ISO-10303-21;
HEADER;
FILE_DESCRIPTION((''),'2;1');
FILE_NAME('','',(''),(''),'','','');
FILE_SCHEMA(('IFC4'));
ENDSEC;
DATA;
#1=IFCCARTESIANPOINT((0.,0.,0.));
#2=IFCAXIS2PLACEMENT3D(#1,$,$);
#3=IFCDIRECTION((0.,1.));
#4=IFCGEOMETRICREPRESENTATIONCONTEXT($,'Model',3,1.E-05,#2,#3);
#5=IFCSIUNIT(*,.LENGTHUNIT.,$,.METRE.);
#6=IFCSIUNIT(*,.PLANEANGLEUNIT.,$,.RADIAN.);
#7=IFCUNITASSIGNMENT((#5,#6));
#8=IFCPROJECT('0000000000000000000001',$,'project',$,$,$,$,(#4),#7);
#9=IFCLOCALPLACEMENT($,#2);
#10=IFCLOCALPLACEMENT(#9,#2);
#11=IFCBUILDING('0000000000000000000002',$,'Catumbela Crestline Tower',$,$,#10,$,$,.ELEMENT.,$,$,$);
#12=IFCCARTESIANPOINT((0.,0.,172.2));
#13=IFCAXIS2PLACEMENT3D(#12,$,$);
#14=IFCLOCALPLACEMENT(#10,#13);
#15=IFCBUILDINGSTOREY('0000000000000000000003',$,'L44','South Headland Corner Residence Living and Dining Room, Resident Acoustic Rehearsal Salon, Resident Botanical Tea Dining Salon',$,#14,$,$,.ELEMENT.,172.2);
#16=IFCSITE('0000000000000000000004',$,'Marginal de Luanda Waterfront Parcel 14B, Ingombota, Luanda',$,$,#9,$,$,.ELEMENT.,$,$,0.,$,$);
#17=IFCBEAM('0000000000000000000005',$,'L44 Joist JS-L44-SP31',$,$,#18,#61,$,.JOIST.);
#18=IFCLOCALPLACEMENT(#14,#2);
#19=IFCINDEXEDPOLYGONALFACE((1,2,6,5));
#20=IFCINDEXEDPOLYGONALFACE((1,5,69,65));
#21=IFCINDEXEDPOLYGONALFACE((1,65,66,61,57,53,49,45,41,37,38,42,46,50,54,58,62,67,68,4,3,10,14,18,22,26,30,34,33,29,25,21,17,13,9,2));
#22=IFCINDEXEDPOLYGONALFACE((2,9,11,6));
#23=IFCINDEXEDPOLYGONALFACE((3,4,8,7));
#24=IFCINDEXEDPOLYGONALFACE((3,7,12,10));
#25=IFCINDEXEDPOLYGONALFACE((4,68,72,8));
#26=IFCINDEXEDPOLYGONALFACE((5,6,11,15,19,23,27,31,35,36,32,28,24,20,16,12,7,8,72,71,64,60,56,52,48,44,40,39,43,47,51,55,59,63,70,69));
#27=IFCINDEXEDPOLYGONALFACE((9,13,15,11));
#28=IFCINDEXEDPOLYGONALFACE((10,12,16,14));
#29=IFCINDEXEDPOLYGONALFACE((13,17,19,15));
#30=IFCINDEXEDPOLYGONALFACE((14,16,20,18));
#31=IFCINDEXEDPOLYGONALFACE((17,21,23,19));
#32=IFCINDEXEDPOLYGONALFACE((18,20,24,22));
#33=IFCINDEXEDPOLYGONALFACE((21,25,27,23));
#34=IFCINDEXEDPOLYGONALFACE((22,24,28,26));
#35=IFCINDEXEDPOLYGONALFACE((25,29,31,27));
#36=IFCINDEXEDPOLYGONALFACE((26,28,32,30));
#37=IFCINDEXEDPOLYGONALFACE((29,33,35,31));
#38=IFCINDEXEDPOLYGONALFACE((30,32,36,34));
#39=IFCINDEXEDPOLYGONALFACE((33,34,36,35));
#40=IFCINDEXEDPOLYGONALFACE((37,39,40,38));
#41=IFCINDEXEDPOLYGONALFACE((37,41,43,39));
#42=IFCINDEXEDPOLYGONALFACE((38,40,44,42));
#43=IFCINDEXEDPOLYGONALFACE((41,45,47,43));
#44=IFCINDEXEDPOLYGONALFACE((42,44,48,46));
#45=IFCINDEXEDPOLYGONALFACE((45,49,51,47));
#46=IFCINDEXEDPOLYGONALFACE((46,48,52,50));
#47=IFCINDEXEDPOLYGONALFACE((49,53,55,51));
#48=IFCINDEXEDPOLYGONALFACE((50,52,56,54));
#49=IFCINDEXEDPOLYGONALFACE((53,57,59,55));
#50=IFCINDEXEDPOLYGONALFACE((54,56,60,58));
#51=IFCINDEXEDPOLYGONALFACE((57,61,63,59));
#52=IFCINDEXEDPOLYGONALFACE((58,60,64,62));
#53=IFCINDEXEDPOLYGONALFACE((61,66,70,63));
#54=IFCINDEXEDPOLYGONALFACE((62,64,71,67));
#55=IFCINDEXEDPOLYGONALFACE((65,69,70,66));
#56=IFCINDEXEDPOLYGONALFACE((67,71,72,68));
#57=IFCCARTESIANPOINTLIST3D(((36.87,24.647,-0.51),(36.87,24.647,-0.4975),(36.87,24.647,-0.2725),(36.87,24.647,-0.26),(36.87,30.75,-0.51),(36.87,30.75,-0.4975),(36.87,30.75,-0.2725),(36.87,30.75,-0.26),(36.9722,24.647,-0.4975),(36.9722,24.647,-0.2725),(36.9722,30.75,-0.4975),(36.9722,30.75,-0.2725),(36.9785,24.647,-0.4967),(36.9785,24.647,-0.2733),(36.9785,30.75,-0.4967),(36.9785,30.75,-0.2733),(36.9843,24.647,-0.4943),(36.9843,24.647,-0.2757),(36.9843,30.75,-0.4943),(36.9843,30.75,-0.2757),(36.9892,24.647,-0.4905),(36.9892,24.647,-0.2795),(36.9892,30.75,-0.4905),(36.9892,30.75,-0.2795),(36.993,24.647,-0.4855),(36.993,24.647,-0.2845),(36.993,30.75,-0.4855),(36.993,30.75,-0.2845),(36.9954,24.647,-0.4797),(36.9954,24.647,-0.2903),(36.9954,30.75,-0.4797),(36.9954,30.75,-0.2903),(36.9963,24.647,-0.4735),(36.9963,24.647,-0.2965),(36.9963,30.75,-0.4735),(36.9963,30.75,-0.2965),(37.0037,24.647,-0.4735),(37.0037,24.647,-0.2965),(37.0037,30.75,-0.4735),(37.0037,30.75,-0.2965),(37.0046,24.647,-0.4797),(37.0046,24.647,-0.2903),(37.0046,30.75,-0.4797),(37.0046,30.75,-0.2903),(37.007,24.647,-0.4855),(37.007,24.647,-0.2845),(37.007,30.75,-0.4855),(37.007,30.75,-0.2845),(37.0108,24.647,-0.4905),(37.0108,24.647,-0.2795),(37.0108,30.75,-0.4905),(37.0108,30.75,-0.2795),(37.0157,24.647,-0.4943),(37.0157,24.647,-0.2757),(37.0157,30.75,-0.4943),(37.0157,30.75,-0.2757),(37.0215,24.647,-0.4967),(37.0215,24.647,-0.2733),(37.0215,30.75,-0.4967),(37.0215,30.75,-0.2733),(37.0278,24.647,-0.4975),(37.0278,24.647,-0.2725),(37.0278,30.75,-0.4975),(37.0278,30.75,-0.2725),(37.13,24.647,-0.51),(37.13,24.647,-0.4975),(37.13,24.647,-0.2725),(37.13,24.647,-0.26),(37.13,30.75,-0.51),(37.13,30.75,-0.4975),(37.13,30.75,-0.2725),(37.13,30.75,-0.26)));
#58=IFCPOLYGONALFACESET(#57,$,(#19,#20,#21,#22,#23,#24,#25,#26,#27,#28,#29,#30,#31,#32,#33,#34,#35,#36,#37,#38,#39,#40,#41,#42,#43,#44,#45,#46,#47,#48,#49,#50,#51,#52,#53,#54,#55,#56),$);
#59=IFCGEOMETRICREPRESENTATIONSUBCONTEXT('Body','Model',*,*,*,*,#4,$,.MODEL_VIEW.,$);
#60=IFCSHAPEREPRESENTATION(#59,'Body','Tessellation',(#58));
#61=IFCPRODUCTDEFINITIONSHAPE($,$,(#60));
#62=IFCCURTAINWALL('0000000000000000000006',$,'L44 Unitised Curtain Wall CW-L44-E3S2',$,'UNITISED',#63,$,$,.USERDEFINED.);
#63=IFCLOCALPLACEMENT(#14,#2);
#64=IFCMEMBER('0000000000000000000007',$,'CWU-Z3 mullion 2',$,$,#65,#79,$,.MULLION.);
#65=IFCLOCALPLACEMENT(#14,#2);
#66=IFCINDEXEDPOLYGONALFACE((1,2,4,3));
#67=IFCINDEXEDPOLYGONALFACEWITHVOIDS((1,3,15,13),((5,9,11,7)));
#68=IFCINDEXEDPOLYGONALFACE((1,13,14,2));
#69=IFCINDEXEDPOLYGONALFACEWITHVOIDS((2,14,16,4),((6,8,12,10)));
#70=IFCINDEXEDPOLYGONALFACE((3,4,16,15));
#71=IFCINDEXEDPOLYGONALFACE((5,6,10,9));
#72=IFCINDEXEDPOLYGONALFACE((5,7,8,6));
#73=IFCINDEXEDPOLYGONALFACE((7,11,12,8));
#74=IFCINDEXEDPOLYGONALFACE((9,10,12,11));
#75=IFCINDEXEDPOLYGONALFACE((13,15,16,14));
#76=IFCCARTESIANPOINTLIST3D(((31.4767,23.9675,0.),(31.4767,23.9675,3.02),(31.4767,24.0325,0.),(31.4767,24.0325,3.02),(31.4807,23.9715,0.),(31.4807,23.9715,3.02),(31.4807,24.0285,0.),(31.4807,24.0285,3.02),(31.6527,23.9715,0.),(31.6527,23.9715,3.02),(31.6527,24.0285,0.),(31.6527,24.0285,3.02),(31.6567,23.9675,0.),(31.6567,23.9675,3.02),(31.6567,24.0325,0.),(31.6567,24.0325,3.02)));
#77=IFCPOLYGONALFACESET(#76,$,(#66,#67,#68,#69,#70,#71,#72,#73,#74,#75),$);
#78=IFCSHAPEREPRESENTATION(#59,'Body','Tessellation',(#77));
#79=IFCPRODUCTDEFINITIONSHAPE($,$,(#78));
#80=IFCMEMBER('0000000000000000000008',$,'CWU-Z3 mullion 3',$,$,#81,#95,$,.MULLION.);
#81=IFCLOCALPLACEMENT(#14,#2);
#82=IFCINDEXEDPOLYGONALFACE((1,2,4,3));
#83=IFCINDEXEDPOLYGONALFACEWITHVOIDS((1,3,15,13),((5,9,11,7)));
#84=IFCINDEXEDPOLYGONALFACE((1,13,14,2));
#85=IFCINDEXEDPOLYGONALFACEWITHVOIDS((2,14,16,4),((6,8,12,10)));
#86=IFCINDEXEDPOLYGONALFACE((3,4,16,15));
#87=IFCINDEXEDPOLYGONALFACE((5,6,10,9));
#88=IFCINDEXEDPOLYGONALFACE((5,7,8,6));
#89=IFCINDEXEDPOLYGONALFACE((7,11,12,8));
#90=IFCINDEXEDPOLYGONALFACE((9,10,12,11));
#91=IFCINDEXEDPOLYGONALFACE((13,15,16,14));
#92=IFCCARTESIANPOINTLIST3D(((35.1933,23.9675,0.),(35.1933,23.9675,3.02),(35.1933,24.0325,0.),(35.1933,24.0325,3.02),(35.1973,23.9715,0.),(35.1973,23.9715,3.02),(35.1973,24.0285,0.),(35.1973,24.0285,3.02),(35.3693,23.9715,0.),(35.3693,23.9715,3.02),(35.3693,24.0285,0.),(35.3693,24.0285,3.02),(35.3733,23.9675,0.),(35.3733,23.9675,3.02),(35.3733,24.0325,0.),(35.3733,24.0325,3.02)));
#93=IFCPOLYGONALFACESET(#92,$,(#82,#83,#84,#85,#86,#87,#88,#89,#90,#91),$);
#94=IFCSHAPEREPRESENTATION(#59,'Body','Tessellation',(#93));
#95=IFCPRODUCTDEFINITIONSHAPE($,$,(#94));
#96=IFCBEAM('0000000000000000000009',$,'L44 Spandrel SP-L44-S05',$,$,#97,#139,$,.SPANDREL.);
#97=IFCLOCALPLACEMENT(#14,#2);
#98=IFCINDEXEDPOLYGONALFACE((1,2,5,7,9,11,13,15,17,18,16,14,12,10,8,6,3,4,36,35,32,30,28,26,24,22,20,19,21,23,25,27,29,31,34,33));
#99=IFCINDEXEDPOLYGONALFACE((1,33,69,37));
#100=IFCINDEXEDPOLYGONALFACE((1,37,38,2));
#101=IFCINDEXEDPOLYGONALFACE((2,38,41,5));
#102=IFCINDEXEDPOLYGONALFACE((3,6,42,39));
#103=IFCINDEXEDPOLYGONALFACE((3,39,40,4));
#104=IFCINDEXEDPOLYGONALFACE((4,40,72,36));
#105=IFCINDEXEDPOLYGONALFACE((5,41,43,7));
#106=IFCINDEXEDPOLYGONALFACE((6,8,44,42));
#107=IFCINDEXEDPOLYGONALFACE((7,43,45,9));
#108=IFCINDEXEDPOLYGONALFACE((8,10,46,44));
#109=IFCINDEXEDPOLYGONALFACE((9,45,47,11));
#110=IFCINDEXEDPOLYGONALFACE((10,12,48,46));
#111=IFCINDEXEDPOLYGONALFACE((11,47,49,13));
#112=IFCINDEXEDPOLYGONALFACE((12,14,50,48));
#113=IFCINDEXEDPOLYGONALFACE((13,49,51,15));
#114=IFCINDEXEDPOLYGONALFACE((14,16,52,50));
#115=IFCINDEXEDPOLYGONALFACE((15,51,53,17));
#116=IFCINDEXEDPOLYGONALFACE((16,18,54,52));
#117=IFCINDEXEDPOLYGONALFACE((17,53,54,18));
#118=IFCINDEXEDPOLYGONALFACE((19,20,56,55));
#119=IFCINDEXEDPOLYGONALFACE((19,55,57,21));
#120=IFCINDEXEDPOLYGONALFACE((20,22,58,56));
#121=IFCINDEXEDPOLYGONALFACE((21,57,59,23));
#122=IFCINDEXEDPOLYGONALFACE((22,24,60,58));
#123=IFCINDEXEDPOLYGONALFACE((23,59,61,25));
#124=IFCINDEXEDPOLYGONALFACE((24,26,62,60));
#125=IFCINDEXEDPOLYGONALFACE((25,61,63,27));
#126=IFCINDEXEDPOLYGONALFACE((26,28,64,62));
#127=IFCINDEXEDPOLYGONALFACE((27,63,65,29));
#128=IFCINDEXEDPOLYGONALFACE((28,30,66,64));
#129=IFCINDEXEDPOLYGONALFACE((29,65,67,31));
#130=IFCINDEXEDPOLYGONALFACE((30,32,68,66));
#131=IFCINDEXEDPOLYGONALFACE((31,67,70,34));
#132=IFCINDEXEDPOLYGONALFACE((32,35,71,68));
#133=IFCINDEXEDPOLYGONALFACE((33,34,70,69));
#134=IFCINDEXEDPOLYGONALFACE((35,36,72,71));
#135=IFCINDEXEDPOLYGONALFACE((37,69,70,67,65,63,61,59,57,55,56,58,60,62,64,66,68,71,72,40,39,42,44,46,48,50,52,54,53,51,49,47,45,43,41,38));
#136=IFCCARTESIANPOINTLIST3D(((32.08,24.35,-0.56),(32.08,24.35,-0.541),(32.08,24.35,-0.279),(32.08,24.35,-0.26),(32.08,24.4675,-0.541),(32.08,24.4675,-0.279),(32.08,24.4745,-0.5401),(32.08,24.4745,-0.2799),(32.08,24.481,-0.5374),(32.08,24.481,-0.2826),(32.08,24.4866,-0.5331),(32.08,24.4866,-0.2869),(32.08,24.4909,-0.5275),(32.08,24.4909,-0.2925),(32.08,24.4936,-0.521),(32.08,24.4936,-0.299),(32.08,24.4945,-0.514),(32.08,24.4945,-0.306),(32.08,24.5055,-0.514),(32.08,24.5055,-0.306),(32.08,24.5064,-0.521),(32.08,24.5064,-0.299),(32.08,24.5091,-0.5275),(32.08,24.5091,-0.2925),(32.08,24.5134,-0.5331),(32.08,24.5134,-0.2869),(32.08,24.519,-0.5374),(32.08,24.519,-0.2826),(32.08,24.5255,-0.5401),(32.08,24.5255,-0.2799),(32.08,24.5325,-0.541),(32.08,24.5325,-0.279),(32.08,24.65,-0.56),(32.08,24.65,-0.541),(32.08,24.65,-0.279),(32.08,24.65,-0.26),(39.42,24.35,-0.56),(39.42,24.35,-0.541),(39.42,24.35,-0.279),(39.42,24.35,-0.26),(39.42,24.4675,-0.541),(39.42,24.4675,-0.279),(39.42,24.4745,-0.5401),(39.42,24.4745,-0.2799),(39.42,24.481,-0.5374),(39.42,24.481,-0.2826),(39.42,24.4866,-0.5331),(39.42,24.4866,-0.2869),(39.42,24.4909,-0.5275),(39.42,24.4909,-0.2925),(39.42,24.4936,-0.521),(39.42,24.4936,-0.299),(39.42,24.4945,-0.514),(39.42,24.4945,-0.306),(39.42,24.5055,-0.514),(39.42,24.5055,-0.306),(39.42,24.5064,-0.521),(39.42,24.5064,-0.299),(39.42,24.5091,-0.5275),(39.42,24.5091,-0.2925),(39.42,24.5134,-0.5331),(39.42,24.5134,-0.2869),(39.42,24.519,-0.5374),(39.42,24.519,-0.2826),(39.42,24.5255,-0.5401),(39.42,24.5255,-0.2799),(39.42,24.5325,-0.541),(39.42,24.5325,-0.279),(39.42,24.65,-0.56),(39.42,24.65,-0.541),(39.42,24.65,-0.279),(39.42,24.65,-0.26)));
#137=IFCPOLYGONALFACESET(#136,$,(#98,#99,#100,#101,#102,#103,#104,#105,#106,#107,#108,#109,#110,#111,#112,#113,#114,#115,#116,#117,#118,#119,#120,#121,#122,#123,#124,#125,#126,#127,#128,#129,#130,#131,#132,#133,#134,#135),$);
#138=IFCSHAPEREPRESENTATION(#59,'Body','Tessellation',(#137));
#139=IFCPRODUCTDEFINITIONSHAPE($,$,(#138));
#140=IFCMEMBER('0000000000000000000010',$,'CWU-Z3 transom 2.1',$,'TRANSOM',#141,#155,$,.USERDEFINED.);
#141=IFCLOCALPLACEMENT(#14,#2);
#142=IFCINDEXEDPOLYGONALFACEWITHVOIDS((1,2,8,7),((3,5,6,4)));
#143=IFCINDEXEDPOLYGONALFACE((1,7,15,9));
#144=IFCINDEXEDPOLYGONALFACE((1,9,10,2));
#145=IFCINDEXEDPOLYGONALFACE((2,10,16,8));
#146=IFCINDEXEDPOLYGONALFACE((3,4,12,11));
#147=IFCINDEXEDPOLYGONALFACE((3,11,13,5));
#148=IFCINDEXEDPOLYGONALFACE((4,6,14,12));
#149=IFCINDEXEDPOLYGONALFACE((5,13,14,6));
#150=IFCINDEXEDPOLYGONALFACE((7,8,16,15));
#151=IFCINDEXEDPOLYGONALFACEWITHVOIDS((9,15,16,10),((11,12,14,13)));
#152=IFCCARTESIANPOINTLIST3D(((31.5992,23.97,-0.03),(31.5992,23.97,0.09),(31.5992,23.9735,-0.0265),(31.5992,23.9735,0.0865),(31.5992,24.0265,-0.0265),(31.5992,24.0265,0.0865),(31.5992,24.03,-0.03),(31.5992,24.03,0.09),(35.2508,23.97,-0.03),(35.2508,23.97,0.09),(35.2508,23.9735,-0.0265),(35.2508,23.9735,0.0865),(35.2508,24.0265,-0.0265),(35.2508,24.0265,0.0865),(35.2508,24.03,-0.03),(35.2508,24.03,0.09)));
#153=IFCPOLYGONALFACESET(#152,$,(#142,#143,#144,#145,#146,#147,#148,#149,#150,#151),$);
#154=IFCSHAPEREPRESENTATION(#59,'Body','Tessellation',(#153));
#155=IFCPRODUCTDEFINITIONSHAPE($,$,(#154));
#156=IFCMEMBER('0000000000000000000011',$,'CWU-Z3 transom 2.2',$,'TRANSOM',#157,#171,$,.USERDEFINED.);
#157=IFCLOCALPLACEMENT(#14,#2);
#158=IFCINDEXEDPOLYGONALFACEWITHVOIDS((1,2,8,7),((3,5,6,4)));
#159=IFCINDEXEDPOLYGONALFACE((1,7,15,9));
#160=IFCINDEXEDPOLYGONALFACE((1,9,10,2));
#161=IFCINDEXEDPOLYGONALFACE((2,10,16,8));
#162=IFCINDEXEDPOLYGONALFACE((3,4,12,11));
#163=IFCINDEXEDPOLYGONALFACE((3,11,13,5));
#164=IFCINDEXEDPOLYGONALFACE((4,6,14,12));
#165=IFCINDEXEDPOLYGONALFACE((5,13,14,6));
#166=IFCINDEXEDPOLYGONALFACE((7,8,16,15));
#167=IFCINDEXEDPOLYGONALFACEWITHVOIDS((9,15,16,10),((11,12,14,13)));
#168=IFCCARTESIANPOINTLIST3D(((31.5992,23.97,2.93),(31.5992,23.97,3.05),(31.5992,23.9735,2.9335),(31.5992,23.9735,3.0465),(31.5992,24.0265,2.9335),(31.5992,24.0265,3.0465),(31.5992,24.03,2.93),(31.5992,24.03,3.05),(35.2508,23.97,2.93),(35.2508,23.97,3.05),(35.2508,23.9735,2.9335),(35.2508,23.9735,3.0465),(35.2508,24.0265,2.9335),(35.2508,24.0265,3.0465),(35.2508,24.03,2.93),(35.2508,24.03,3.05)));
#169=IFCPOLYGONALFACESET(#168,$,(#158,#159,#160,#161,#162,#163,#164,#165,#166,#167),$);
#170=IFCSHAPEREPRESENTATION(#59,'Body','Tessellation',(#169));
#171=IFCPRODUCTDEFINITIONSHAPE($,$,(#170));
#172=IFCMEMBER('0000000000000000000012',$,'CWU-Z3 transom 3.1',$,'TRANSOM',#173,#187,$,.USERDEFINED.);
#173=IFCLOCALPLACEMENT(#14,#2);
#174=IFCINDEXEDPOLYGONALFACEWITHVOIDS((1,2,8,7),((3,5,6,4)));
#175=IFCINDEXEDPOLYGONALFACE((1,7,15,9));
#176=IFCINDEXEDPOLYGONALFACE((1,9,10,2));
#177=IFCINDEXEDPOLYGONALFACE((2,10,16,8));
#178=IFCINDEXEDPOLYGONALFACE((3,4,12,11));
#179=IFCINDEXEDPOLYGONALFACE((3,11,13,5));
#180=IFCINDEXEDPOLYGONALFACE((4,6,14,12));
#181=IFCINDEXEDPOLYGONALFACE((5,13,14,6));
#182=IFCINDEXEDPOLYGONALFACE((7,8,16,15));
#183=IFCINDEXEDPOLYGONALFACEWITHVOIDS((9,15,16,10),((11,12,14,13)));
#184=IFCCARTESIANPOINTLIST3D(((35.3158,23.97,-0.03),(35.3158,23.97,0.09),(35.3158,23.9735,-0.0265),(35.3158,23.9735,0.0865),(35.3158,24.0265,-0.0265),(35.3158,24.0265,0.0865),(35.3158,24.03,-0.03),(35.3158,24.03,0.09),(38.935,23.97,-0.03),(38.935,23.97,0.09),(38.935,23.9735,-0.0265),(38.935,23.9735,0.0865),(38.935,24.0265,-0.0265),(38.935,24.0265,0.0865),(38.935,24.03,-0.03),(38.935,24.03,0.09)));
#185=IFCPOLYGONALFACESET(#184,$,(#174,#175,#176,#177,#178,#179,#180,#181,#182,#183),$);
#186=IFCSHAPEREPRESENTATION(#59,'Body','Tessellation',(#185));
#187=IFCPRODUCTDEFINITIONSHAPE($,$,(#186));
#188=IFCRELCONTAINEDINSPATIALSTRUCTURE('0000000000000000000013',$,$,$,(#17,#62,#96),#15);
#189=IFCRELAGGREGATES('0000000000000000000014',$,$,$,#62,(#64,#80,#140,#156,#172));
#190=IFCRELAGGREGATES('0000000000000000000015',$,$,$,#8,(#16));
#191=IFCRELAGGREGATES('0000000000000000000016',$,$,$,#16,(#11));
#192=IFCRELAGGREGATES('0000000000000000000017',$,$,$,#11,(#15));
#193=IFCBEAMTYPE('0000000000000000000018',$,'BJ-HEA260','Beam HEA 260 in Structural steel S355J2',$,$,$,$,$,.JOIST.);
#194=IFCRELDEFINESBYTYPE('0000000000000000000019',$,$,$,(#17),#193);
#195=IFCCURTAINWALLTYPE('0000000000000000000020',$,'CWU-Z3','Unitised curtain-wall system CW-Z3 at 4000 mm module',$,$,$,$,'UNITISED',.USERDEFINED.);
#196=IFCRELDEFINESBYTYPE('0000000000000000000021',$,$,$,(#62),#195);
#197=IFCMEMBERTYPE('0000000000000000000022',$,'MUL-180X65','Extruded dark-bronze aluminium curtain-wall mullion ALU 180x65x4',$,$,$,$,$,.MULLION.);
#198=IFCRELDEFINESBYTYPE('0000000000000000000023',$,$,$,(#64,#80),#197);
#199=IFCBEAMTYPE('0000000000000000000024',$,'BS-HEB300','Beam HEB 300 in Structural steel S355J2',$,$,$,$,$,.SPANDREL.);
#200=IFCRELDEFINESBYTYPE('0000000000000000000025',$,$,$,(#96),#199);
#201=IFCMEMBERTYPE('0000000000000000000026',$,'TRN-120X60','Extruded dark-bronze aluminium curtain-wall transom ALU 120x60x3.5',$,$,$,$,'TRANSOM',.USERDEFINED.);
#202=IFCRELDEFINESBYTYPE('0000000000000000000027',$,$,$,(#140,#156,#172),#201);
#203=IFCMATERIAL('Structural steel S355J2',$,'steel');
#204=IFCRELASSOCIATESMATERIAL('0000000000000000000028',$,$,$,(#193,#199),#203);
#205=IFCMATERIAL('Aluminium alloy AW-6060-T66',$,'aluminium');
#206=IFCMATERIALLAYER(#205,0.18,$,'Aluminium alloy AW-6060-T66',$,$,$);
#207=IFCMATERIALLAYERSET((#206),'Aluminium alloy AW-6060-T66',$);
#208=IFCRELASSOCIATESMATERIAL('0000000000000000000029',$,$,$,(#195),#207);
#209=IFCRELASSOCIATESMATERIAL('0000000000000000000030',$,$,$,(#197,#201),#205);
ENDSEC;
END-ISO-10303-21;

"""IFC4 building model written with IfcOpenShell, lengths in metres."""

from ifc_helpers import new_model, si_unit, direction, frame, origin, origin_2d, place, context, subcontext, project, spatial, hollow_rectangle, i_section, extrude, material, layer, layer_set, material_profile, profile_set, type_object, element, aggregate, save


model = new_model("IFC4")

# Units and contexts
model_context = context("Model", 3, precision=1e-05, world=origin(), true_north=direction((0.0, 1.0)))
body_context = subcontext(model_context, "Body", "Model", "MODEL_VIEW")
ifc_project = project(units=[si_unit("LENGTHUNIT", "METRE"), si_unit("PLANEANGLEUNIT", "RADIAN")], contexts=[model_context])

# Site, building, storey
site_placement = place(None, origin())
site = spatial("IfcSite", under=ifc_project, at=site_placement, Name="Marginal de Luanda Waterfront Parcel 14B, Ingombota, Luanda", CompositionType="ELEMENT", RefElevation=0.0)
building_placement = place(site_placement, origin())
building = spatial("IfcBuilding", under=site, at=building_placement, Name="Catumbela Crestline Tower", CompositionType="ELEMENT")
storey_placement = place(building_placement, frame((0.0, 0.0, 172.2)))
storey = spatial("IfcBuildingStorey", under=building, at=storey_placement, Name="L44", Description="South Headland Corner Residence Living and Dining Room, Resident Acoustic Rehearsal Salon, Resident Botanical Tea Dining Salon", CompositionType="ELEMENT", Elevation=172.2)

# Beam
ifc_material_1 = material(Name="Structural steel S355J2", Category="steel")
ifc_material_profile_1 = material_profile(ifc_material_1, i_section(OverallWidth=0.26, OverallDepth=0.25, WebThickness=0.0075, FlangeThickness=0.0125, FilletRadius=0.024, at=origin_2d()), Name="HEA 260")
ifc_profile_set_1 = profile_set([ifc_material_profile_1], Name="Structural steel S355J2")
beam_type_1 = type_object("IfcBeamType", Name="BJ-HEA260", Description="Beam HEA 260 in Structural steel S355J2", PredefinedType="JOIST", material=ifc_profile_set_1)
for number, where, z_axis, x_axis, name in (
    (1, (37.0, 24.647, -0.385), (0.0, 1.0, 0.0), (-1.0, 0.0, 0.0), "L44 Joist JS-L44-SP31"),
):
    element("IfcBeam", number, at=place(storey_placement, frame(where, z_axis=z_axis, x_axis=x_axis)), inside=storey, type_object=beam_type_1, Name=name, PredefinedType="JOIST", context=body_context, shape_type="SweptSolid", body=[
        extrude(i_section(OverallWidth=0.26, OverallDepth=0.25, WebThickness=0.0075, FlangeThickness=0.0125, FilletRadius=0.024, at=origin_2d()), origin(), (0.0, 0.0, 1.0), 6.103),
    ])

# Curtain wall, members
ifc_material_2 = material(Name="Aluminium alloy AW-6060-T66", Category="aluminium")
ifc_layer_1 = layer(ifc_material_2, 0.18, Name="Aluminium alloy AW-6060-T66")
ifc_layer_set_1 = layer_set([ifc_layer_1], Name="Aluminium alloy AW-6060-T66")
curtain_wall_type = type_object("IfcCurtainWallType", Name="CWU-Z3", Description="Unitised curtain-wall system CW-Z3 at 4000 mm module", ElementType="UNITISED", PredefinedType="USERDEFINED", material=ifc_layer_set_1)
curtain_wall_placement = place(storey_placement, origin())
curtain_wall = element("IfcCurtainWall", 2, at=curtain_wall_placement, inside=storey, type_object=curtain_wall_type, Name="L44 Unitised Curtain Wall CW-L44-E3S2", ObjectType="UNITISED", PredefinedType="USERDEFINED")
ifc_material_profile_2 = material_profile(ifc_material_2, hollow_rectangle(XDim=0.065, YDim=0.18, WallThickness=0.004, at=origin_2d()), Name="ALU 180x65x4")
ifc_profile_set_2 = profile_set([ifc_material_profile_2], Name="Aluminium alloy AW-6060-T66")
member_type_1 = type_object("IfcMemberType", Name="MUL-180X65", Description="Extruded dark-bronze aluminium curtain-wall mullion ALU 180x65x4", PredefinedType="MULLION", material=ifc_profile_set_2)
member_1_placement = place(storey_placement, frame((31.5667, 24.0, 0.0), z_axis=(0.0, 0.0, 1.0), x_axis=(0.0, 1.0, 0.0)))
member_1 = element("IfcMember", 3, at=member_1_placement, type_object=member_type_1, Name="CWU-Z3 mullion 2", PredefinedType="MULLION", context=body_context, shape_type="SweptSolid", body=[
    extrude(hollow_rectangle(XDim=0.065, YDim=0.18, WallThickness=0.004, at=origin_2d()), origin(), (0.0, 0.0, 1.0), 3.02),
])
member_2_placement = place(storey_placement, frame((35.2833, 24.0, 0.0), z_axis=(0.0, 0.0, 1.0), x_axis=(0.0, 1.0, 0.0)))
member_2 = element("IfcMember", 4, at=member_2_placement, type_object=member_type_1, Name="CWU-Z3 mullion 3", PredefinedType="MULLION", context=body_context, shape_type="SweptSolid", body=[
    extrude(hollow_rectangle(XDim=0.065, YDim=0.18, WallThickness=0.004, at=origin_2d()), origin(), (0.0, 0.0, 1.0), 3.02),
])

# Beam
ifc_material_profile_3 = material_profile(ifc_material_1, i_section(OverallWidth=0.3, OverallDepth=0.3, WebThickness=0.011, FlangeThickness=0.019, FilletRadius=0.027, at=origin_2d()), Name="HEB 300")
ifc_profile_set_3 = profile_set([ifc_material_profile_3], Name="Structural steel S355J2")
beam_type_2 = type_object("IfcBeamType", Name="BS-HEB300", Description="Beam HEB 300 in Structural steel S355J2", PredefinedType="SPANDREL", material=ifc_profile_set_3)
beam_1_placement = place(storey_placement, frame((32.08, 24.5, -0.41), z_axis=(1.0, 0.0, 0.0), x_axis=(0.0, 1.0, 0.0)))
element("IfcBeam", 5, at=beam_1_placement, inside=storey, type_object=beam_type_2, Name="L44 Spandrel SP-L44-S05", PredefinedType="SPANDREL", context=body_context, shape_type="SweptSolid", body=[
    extrude(i_section(OverallWidth=0.3, OverallDepth=0.3, WebThickness=0.011, FlangeThickness=0.019, FilletRadius=0.027, at=origin_2d()), origin(), (0.0, 0.0, 1.0), 7.34),
])

# Members
ifc_material_profile_4 = material_profile(ifc_material_2, hollow_rectangle(XDim=0.06, YDim=0.12, WallThickness=0.0035, at=origin_2d()), Name="ALU 120x60x3.5")
ifc_profile_set_4 = profile_set([ifc_material_profile_4], Name="Aluminium alloy AW-6060-T66")
member_type_2 = type_object("IfcMemberType", Name="TRN-120X60", Description="Extruded dark-bronze aluminium curtain-wall transom ALU 120x60x3.5", ElementType="TRANSOM", PredefinedType="USERDEFINED", material=ifc_profile_set_4)
member_3_placement = place(storey_placement, frame((31.5992, 24.0, 0.03), z_axis=(1.0, 0.0, 0.0), x_axis=(0.0, 1.0, 0.0)))
member_3 = element("IfcMember", 6, at=member_3_placement, type_object=member_type_2, Name="CWU-Z3 transom 2.1", ObjectType="TRANSOM", PredefinedType="USERDEFINED", context=body_context, shape_type="SweptSolid", body=[
    extrude(hollow_rectangle(XDim=0.06, YDim=0.12, WallThickness=0.0035, at=origin_2d()), origin(), (0.0, 0.0, 1.0), 3.6516),
])
member_4_placement = place(storey_placement, frame((31.5992, 24.0, 2.99), z_axis=(1.0, 0.0, 0.0), x_axis=(0.0, 1.0, 0.0)))
member_4 = element("IfcMember", 7, at=member_4_placement, type_object=member_type_2, Name="CWU-Z3 transom 2.2", ObjectType="TRANSOM", PredefinedType="USERDEFINED", context=body_context, shape_type="SweptSolid", body=[
    extrude(hollow_rectangle(XDim=0.06, YDim=0.12, WallThickness=0.0035, at=origin_2d()), origin(), (0.0, 0.0, 1.0), 3.6516),
])
member_5_placement = place(storey_placement, frame((35.3158, 24.0, 0.03), z_axis=(1.0, 0.0, 0.0), x_axis=(0.0, 1.0, 0.0)))
member_5 = element("IfcMember", 8, at=member_5_placement, type_object=member_type_2, Name="CWU-Z3 transom 3.1", ObjectType="TRANSOM", PredefinedType="USERDEFINED", context=body_context, shape_type="SweptSolid", body=[
    extrude(hollow_rectangle(XDim=0.06, YDim=0.12, WallThickness=0.0035, at=origin_2d()), origin(), (0.0, 0.0, 1.0), 3.6192),
])

aggregate(curtain_wall, [member_1, member_2, member_3, member_4, member_5])

save(model, "model.ifc")
